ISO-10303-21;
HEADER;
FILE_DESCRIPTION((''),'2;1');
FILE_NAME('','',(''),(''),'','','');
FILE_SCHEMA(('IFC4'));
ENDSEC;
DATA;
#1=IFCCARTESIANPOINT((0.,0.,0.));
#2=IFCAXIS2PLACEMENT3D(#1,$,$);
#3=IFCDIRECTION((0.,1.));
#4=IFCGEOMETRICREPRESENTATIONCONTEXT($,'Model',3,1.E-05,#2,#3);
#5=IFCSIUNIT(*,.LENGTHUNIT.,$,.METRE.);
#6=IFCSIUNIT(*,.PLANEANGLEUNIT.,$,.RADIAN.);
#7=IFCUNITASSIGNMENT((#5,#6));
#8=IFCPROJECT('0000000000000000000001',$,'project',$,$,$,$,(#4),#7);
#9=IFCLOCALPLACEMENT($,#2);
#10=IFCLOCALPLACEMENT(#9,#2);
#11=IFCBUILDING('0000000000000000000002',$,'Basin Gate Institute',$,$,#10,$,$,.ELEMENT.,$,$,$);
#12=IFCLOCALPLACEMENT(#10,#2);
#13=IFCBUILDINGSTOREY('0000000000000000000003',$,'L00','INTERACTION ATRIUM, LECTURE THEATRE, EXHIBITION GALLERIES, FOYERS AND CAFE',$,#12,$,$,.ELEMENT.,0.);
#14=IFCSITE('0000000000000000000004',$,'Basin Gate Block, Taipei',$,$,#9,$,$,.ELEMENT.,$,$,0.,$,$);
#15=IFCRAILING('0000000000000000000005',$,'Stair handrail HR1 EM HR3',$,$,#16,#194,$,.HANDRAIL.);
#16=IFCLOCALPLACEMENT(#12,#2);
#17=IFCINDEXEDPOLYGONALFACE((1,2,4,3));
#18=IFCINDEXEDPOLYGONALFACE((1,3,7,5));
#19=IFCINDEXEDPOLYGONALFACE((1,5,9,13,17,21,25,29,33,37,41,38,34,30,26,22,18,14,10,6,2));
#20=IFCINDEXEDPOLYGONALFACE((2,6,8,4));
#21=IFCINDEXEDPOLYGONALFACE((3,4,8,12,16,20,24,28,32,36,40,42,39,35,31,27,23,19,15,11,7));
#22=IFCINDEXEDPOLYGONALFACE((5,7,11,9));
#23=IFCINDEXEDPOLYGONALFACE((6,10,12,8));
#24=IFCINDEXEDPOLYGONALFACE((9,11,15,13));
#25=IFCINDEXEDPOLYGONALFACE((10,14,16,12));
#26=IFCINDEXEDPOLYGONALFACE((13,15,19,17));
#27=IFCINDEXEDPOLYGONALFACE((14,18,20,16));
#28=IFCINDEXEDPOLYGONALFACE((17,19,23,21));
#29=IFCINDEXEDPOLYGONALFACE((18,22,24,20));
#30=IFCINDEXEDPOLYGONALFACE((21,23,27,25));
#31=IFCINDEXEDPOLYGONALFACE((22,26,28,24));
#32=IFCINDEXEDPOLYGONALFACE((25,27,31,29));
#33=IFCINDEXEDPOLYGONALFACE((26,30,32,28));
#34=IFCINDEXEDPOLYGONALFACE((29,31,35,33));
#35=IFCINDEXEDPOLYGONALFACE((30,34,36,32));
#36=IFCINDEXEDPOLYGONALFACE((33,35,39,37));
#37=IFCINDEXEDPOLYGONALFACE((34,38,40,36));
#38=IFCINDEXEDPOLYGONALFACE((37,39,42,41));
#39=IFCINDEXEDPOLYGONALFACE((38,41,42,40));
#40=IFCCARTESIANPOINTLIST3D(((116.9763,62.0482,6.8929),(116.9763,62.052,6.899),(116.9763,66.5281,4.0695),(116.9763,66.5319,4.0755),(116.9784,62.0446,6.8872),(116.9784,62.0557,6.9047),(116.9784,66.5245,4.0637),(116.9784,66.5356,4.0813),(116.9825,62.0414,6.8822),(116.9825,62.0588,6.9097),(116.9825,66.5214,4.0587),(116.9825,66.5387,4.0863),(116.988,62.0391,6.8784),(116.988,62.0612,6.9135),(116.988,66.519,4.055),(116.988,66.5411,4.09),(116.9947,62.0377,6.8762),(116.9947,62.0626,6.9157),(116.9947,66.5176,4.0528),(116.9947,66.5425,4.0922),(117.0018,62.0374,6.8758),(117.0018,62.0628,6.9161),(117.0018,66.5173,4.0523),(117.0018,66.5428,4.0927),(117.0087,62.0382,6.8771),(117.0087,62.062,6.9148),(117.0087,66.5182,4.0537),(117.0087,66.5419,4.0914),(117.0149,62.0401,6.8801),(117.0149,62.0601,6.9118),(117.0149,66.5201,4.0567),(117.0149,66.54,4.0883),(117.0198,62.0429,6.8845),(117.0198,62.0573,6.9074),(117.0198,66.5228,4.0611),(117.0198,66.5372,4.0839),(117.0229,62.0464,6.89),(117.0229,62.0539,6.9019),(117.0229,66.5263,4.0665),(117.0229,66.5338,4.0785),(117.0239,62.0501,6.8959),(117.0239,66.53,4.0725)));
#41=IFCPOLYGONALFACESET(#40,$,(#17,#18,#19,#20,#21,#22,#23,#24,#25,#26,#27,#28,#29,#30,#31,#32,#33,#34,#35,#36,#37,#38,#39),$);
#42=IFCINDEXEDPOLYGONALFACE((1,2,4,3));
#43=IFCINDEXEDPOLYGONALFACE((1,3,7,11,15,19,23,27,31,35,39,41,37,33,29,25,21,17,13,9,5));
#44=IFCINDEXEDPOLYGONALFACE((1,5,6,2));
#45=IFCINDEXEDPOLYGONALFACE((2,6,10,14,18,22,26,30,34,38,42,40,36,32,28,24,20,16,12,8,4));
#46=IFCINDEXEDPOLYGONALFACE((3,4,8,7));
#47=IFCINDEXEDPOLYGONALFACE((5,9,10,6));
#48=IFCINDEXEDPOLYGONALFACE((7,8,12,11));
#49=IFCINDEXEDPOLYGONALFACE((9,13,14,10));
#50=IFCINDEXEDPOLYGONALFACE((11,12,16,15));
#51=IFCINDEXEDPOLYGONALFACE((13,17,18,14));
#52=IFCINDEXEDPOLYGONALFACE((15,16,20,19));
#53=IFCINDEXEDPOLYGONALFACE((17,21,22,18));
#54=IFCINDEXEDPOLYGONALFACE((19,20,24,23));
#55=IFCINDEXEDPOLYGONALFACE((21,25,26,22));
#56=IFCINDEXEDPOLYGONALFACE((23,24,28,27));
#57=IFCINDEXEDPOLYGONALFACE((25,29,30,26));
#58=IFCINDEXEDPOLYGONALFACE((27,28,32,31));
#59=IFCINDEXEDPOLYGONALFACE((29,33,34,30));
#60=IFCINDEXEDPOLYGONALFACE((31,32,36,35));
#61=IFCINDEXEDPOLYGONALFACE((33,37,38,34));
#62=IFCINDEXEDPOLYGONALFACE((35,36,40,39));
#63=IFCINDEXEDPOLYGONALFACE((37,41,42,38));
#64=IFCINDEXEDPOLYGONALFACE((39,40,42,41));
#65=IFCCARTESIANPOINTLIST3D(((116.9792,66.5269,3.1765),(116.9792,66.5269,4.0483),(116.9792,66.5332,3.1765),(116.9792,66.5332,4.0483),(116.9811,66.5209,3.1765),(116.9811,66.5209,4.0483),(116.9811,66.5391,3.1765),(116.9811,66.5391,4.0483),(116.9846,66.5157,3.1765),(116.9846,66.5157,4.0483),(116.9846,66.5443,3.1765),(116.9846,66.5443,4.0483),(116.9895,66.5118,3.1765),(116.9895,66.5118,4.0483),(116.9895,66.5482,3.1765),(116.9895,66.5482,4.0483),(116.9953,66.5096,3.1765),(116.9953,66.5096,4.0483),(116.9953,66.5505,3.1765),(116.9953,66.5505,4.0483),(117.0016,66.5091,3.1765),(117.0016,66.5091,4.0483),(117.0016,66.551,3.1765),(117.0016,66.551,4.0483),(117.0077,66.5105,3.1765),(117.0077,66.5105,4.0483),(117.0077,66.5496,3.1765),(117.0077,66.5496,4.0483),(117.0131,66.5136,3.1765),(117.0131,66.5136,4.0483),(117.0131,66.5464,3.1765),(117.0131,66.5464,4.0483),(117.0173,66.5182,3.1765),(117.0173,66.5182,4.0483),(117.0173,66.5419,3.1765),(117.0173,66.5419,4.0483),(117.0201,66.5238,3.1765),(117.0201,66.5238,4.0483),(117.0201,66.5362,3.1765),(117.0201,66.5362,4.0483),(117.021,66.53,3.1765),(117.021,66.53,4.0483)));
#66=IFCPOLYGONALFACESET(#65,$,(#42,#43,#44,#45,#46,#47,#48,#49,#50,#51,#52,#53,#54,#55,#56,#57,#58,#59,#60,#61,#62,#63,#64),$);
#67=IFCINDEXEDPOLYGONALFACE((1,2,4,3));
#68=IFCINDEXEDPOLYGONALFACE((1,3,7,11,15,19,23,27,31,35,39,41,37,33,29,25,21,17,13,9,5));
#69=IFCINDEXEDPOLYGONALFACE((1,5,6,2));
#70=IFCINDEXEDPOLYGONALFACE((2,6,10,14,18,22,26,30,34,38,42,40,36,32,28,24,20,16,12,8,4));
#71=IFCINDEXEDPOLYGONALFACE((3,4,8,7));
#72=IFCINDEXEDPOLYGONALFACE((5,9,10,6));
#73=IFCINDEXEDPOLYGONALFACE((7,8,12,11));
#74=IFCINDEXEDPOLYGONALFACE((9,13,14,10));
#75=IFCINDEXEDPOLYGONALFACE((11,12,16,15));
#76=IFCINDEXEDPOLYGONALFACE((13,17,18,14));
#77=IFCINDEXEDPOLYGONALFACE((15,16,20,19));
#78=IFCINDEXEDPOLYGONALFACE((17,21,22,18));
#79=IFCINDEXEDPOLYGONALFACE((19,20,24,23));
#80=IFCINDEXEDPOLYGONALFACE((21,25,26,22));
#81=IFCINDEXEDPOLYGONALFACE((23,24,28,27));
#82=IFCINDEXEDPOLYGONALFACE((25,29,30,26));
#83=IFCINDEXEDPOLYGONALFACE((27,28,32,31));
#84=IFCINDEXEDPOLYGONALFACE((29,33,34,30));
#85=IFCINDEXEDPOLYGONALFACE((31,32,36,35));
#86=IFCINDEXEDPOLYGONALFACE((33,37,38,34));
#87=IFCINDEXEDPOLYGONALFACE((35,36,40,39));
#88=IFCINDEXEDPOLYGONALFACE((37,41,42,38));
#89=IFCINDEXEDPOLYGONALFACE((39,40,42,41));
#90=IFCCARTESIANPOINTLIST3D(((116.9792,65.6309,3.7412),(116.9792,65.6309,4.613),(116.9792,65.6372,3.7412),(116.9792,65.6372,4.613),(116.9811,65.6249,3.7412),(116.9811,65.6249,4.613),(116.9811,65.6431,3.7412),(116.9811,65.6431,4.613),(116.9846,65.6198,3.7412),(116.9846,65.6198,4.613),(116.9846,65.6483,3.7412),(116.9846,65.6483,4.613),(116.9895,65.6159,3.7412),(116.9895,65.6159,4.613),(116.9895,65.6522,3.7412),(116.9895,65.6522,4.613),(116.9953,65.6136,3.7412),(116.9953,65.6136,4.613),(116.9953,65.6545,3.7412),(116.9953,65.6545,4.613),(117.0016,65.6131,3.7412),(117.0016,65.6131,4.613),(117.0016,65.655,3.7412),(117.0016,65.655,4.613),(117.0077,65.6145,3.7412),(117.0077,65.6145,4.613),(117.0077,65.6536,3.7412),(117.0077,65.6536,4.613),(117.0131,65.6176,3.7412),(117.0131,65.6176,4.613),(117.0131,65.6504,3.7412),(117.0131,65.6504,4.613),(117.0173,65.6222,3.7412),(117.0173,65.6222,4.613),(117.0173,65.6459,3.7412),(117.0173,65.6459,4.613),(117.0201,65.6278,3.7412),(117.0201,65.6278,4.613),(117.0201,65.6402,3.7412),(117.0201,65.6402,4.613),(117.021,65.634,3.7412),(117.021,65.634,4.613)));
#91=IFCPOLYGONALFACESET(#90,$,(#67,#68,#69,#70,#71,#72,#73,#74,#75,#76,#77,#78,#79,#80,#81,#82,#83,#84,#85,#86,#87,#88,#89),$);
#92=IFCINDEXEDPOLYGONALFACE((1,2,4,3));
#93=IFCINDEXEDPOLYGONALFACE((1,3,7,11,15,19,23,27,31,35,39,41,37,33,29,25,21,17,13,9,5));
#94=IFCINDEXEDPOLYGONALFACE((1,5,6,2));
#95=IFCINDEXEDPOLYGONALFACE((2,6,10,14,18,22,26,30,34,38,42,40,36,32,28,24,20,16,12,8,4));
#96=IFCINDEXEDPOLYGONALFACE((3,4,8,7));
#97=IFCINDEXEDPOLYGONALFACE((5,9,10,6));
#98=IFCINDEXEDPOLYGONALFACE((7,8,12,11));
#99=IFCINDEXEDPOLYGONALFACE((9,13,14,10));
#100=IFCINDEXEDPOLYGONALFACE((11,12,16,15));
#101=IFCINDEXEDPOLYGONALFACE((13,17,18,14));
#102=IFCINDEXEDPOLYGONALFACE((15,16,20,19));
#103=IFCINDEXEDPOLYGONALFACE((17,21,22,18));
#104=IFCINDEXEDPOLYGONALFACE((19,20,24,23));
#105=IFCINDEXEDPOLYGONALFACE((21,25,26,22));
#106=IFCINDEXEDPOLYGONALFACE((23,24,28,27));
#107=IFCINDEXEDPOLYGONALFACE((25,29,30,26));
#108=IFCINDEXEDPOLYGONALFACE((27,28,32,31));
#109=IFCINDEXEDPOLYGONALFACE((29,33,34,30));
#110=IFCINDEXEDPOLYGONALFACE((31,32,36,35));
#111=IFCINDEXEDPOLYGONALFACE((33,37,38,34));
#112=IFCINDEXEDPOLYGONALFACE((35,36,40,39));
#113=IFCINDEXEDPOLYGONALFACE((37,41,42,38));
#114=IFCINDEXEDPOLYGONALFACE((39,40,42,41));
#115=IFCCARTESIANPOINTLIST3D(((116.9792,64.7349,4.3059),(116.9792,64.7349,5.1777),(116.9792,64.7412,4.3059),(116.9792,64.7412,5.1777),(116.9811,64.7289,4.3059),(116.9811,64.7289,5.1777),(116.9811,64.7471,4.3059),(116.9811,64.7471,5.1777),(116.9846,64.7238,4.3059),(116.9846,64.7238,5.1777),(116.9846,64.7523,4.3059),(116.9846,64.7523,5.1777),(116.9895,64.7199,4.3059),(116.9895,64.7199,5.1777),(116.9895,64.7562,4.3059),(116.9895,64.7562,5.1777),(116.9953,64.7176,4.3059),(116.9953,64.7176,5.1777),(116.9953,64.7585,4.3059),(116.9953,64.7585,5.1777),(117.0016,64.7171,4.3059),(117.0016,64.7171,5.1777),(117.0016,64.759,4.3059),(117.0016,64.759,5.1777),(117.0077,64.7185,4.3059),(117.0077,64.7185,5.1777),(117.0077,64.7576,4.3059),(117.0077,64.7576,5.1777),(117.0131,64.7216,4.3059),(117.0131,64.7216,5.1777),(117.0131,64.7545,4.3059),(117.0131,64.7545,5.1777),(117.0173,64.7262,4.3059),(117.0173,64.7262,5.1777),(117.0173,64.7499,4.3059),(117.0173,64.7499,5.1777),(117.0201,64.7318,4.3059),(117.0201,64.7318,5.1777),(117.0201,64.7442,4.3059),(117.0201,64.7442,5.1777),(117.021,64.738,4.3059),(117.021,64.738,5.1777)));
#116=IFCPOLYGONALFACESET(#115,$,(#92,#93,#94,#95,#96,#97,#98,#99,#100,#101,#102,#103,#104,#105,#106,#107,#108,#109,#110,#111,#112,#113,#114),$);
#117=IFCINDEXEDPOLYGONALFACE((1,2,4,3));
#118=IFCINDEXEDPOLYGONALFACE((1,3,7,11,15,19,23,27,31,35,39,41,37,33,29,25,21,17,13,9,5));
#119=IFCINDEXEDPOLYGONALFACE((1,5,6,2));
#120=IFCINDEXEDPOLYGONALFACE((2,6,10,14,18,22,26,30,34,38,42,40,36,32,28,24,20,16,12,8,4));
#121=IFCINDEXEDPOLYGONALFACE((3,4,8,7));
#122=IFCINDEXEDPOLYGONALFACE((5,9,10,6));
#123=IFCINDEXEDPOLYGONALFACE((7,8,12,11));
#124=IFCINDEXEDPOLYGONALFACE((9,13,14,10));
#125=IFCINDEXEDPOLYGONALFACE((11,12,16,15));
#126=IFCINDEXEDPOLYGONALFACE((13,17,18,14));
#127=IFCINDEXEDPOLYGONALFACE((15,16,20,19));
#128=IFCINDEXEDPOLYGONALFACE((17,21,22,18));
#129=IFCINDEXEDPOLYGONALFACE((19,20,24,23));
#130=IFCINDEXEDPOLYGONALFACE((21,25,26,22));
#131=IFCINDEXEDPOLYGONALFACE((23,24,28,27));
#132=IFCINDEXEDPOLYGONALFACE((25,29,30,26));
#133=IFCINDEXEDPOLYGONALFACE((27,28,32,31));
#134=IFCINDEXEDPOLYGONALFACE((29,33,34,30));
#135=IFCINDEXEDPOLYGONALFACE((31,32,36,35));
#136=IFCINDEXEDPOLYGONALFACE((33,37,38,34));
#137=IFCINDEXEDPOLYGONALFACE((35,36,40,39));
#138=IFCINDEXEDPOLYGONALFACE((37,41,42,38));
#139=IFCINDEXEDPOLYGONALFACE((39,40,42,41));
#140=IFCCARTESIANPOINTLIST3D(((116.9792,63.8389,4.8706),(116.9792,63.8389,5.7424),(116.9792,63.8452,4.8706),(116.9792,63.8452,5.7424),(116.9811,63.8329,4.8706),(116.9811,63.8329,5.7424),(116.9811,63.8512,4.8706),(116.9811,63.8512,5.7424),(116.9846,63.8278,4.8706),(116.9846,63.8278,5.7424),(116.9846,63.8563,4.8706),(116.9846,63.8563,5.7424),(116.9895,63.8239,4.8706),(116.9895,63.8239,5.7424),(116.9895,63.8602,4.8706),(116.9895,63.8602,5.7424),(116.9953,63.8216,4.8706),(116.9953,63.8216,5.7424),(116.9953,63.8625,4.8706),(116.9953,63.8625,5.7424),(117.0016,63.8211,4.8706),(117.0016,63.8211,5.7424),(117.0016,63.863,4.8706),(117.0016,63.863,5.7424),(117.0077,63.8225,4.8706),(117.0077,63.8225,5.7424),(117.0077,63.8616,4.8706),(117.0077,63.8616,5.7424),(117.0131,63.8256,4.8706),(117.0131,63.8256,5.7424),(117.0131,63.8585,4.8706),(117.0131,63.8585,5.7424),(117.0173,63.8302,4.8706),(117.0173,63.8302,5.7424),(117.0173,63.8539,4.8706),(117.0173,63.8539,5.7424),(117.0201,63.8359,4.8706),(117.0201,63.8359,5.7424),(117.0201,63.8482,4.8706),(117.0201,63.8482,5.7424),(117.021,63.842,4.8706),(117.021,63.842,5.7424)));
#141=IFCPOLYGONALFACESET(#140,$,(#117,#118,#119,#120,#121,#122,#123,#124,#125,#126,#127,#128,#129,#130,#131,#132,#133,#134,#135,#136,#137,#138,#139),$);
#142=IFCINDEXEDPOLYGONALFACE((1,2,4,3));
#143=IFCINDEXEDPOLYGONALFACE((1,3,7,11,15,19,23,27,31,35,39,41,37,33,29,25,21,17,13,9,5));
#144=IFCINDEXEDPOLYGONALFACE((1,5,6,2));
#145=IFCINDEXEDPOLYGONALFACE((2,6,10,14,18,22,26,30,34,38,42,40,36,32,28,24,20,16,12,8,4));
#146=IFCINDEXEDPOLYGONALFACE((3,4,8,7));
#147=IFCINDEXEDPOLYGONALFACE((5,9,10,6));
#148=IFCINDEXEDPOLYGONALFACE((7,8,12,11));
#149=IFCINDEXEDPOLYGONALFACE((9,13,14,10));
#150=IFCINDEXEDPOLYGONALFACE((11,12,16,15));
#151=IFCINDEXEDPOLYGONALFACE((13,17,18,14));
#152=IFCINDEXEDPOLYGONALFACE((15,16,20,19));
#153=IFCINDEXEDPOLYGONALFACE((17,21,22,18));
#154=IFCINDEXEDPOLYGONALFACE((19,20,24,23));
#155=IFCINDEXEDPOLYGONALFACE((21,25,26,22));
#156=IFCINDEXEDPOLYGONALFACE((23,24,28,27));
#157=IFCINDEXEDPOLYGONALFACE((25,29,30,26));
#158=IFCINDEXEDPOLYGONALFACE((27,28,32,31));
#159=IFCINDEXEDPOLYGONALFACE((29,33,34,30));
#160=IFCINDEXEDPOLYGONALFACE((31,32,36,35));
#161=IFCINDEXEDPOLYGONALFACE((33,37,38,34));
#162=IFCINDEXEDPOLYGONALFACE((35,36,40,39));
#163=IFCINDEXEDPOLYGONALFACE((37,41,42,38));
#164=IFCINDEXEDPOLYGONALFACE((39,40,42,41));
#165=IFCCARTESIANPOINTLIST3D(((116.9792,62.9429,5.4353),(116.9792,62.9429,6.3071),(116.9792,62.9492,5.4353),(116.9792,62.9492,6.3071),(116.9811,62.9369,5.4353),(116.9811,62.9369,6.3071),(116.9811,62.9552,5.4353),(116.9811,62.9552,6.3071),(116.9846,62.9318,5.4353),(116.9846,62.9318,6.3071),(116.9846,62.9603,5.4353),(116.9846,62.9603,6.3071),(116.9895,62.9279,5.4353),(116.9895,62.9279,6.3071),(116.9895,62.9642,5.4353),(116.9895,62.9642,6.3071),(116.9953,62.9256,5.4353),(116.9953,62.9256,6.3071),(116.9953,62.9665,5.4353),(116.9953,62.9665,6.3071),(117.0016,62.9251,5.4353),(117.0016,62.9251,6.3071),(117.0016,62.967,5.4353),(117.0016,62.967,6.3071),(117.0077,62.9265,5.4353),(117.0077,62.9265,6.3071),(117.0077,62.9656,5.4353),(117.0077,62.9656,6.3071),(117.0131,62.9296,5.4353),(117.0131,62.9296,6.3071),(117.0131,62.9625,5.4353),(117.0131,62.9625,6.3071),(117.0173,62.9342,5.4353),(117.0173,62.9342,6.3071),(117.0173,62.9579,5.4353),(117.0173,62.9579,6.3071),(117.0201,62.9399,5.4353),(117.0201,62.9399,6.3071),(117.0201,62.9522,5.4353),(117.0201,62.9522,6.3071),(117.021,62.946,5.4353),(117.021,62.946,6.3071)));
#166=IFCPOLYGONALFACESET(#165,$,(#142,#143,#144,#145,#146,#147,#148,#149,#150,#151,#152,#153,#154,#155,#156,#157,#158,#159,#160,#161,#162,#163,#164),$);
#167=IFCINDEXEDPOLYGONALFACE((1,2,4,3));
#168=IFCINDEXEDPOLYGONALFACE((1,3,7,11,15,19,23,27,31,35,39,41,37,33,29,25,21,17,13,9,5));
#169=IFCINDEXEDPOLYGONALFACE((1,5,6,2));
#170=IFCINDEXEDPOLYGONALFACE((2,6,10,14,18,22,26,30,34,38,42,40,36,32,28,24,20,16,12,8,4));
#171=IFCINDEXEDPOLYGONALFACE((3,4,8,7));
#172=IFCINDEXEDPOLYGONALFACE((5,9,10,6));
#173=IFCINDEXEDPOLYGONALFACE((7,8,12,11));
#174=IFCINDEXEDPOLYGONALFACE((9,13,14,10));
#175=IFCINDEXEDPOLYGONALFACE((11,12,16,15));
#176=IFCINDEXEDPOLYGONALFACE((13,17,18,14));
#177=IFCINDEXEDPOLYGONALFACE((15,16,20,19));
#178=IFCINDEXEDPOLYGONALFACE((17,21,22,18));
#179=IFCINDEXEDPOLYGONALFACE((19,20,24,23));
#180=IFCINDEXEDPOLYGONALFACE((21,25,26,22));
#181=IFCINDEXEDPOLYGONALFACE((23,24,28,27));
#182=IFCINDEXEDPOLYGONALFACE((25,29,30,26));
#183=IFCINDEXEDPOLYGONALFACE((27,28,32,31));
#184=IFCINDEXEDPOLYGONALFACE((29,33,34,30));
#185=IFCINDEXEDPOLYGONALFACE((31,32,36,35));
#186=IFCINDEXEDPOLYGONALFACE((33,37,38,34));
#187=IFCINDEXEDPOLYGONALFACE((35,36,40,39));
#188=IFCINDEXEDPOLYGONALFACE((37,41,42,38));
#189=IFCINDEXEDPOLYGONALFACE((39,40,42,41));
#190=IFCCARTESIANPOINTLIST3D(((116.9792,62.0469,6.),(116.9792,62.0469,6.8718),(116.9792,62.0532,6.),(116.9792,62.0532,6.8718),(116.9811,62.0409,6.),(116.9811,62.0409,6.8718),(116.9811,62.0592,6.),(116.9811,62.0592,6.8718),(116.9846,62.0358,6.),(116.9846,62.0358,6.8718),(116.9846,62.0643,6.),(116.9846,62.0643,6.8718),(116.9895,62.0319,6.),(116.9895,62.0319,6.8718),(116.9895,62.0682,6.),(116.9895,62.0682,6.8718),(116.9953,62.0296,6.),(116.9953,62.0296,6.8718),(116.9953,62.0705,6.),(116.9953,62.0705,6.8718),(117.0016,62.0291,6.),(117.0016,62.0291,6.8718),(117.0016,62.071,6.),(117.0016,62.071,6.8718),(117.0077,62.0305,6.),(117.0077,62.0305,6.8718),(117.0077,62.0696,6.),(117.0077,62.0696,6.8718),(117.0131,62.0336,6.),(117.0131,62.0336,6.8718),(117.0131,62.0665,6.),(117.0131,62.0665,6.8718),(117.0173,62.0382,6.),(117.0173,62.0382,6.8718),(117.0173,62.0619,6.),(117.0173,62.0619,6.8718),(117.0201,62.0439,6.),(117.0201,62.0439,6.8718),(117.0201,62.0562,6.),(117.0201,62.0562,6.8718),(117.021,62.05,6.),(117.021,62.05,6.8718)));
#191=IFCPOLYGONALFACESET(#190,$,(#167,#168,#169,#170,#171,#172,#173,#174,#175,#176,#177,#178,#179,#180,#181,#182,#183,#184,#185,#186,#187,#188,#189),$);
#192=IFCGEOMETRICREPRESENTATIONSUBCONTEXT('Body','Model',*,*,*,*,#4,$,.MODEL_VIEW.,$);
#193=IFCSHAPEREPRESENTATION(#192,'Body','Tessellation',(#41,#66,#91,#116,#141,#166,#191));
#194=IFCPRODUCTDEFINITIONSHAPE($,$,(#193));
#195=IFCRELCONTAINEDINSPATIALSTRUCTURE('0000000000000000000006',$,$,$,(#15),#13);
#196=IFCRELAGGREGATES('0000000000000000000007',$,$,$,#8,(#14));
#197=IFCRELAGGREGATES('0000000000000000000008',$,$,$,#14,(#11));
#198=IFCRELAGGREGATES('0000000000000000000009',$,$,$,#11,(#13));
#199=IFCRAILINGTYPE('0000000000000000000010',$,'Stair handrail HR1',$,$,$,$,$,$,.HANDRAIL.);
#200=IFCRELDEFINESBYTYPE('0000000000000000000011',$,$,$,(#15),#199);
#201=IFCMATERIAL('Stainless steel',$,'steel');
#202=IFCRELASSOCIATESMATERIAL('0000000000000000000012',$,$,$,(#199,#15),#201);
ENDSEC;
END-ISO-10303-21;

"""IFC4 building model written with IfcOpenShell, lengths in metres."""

from ifc_helpers import new_model, si_unit, direction, frame, origin, origin_2d, place, context, subcontext, project, spatial, circle, extrude, material, type_object, element, save


model = new_model("IFC4")

# Units and contexts
model_context = context("Model", 3, precision=1e-05, world=origin(), true_north=direction((0.0, 1.0)))
body_context = subcontext(model_context, "Body", "Model", "MODEL_VIEW")
ifc_project = project(units=[si_unit("LENGTHUNIT", "METRE"), si_unit("PLANEANGLEUNIT", "RADIAN")], contexts=[model_context])

# Site, building, storey
site_placement = place(None, origin())
site = spatial("IfcSite", under=ifc_project, at=site_placement, Name="Basin Gate Block, Taipei", CompositionType="ELEMENT", RefElevation=0.0)
building_placement = place(site_placement, origin())
building = spatial("IfcBuilding", under=site, at=building_placement, Name="Basin Gate Institute", CompositionType="ELEMENT")
storey_placement = place(building_placement, origin())
storey = spatial("IfcBuildingStorey", under=building, at=storey_placement, Name="L00", Description="INTERACTION ATRIUM, LECTURE THEATRE, EXHIBITION GALLERIES, FOYERS AND CAFE", CompositionType="ELEMENT", Elevation=0.0)

# Railing
ifc_material_1 = material(Name="Stainless steel", Category="steel")
railing_type_1 = type_object("IfcRailingType", Name="Stair handrail HR1", PredefinedType="HANDRAIL", material=ifc_material_1)
railing_1_placement = place(storey_placement, frame((117.0, 66.53, 3.1765)))
element("IfcRailing", 1, at=railing_1_placement, inside=storey, type_object=railing_type_1, material=ifc_material_1, Name="Stair handrail HR1 EM HR3", PredefinedType="HANDRAIL", context=body_context, shape_type="SweptSolid", body=[
    extrude(circle(Radius=0.0239, at=origin_2d()), frame((0.0, 0.0, 0.896), z_axis=(0.0, -0.845998, 0.533186), x_axis=(1.0, 0.0, 0.0)), (0.0, 0.0, 1.0), 5.2954),
    extrude(circle(Radius=0.021, at=origin_2d()), origin(), (0.0, 0.0, 1.0), 0.8718),
    extrude(circle(Radius=0.021, at=origin_2d()), frame((0.0, -0.896, 0.5647)), (0.0, 0.0, 1.0), 0.8718),
    extrude(circle(Radius=0.021, at=origin_2d()), frame((0.0, -1.792, 1.1294)), (0.0, 0.0, 1.0), 0.8718),
    extrude(circle(Radius=0.021, at=origin_2d()), frame((0.0, -2.688, 1.6941)), (0.0, 0.0, 1.0), 0.8718),
    extrude(circle(Radius=0.021, at=origin_2d()), frame((0.0, -3.584, 2.2588)), (0.0, 0.0, 1.0), 0.8718),
    extrude(circle(Radius=0.021, at=origin_2d()), frame((0.0, -4.48, 2.8235)), (0.0, 0.0, 1.0), 0.8718),
])

save(model, "model.ifc")
